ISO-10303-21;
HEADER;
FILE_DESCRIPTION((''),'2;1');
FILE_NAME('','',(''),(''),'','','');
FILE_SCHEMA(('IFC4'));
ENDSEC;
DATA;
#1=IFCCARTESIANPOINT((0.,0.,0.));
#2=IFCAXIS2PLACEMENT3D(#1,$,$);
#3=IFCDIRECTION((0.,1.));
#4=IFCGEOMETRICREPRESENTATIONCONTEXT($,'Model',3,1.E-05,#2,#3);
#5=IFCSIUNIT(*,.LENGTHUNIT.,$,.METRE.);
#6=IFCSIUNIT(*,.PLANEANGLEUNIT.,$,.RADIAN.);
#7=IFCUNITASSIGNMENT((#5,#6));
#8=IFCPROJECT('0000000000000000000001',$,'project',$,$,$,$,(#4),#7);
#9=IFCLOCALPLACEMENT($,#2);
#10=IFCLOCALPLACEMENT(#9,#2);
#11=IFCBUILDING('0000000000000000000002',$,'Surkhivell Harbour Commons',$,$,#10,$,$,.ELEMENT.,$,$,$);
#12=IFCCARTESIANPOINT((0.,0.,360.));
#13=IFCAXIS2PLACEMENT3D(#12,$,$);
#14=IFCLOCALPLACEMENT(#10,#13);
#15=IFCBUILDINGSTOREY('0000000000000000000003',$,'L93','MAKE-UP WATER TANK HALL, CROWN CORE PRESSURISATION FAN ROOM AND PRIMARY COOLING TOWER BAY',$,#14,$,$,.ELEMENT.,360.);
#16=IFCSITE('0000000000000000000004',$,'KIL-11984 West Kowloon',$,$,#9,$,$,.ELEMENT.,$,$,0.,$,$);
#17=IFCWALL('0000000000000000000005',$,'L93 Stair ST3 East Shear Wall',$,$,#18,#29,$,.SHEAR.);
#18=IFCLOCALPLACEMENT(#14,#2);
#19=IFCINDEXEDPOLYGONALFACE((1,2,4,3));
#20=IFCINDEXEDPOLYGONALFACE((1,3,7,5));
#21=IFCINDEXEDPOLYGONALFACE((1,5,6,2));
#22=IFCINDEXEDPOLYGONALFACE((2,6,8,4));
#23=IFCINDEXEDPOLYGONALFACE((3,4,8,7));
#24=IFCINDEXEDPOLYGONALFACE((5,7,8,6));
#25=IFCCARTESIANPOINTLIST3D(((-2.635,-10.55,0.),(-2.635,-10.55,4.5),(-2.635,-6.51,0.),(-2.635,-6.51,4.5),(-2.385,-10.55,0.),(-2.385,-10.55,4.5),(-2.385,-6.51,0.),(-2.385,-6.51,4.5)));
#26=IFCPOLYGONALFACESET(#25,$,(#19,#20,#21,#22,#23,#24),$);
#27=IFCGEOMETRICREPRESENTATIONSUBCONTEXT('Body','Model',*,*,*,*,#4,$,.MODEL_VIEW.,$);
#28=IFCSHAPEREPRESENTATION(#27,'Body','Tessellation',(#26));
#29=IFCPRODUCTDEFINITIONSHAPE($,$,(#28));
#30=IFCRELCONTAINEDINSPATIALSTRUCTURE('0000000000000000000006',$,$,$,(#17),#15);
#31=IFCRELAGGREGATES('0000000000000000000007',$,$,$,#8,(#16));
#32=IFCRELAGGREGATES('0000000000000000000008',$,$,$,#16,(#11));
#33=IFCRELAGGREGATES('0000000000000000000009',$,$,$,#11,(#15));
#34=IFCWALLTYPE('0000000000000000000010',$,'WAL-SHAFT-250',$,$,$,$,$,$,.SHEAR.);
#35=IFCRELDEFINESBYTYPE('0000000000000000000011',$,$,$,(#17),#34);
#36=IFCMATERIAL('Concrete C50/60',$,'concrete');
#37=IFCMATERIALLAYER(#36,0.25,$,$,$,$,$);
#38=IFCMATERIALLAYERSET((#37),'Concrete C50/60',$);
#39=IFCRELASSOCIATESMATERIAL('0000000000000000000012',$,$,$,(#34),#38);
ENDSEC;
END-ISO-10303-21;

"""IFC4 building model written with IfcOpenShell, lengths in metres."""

from ifc_helpers import new_model, si_unit, direction, frame, frame_2d, origin, place, context, subcontext, project, spatial, rectangle, extrude, material, layer, layer_set, type_object, element, save


model = new_model("IFC4")

# Units and contexts
model_context = context("Model", 3, precision=1e-05, world=origin(), true_north=direction((0.0, 1.0)))
body_context = subcontext(model_context, "Body", "Model", "MODEL_VIEW")
ifc_project = project(units=[si_unit("LENGTHUNIT", "METRE"), si_unit("PLANEANGLEUNIT", "RADIAN")], contexts=[model_context])

# Site, building, storey
site_placement = place(None, origin())
site = spatial("IfcSite", under=ifc_project, at=site_placement, Name="KIL-11984 West Kowloon", CompositionType="ELEMENT", RefElevation=0.0)
building_placement = place(site_placement, origin())
building = spatial("IfcBuilding", under=site, at=building_placement, Name="Surkhivell Harbour Commons", CompositionType="ELEMENT")
storey_placement = place(building_placement, frame((0.0, 0.0, 360.0)))
storey = spatial("IfcBuildingStorey", under=building, at=storey_placement, Name="L93", Description="MAKE-UP WATER TANK HALL, CROWN CORE PRESSURISATION FAN ROOM AND PRIMARY COOLING TOWER BAY", CompositionType="ELEMENT", Elevation=360.0)

# Shared definitions
ifc_material_1 = material(Name="Concrete C50/60", Category="concrete")

# Shared definitions
ifc_layer_1 = layer(ifc_material_1, 0.25)
ifc_layer_set_1 = layer_set([ifc_layer_1], Name="Concrete C50/60")
wall_type_1 = type_object("IfcWallType", Name="WAL-SHAFT-250", PredefinedType="SHEAR", material=ifc_layer_set_1)

# Wall
for number, where, z_axis, x_axis, name in (
    (1, (-2.51, -10.55, 0.0), (0.0, 0.0, 1.0), (0.0, 1.0, 0.0), "L93 Stair ST3 East Shear Wall"),
):
    element("IfcWall", number, at=place(storey_placement, frame(where, z_axis=z_axis, x_axis=x_axis)), inside=storey, type_object=wall_type_1, Name=name, PredefinedType="SHEAR", context=body_context, shape_type="SweptSolid", body=[
        extrude(rectangle(XDim=4.04, YDim=0.25, at=frame_2d((2.02, 0.0))), origin(), (0.0, 0.0, 1.0), 4.5),
    ])

save(model, "model.ifc")
